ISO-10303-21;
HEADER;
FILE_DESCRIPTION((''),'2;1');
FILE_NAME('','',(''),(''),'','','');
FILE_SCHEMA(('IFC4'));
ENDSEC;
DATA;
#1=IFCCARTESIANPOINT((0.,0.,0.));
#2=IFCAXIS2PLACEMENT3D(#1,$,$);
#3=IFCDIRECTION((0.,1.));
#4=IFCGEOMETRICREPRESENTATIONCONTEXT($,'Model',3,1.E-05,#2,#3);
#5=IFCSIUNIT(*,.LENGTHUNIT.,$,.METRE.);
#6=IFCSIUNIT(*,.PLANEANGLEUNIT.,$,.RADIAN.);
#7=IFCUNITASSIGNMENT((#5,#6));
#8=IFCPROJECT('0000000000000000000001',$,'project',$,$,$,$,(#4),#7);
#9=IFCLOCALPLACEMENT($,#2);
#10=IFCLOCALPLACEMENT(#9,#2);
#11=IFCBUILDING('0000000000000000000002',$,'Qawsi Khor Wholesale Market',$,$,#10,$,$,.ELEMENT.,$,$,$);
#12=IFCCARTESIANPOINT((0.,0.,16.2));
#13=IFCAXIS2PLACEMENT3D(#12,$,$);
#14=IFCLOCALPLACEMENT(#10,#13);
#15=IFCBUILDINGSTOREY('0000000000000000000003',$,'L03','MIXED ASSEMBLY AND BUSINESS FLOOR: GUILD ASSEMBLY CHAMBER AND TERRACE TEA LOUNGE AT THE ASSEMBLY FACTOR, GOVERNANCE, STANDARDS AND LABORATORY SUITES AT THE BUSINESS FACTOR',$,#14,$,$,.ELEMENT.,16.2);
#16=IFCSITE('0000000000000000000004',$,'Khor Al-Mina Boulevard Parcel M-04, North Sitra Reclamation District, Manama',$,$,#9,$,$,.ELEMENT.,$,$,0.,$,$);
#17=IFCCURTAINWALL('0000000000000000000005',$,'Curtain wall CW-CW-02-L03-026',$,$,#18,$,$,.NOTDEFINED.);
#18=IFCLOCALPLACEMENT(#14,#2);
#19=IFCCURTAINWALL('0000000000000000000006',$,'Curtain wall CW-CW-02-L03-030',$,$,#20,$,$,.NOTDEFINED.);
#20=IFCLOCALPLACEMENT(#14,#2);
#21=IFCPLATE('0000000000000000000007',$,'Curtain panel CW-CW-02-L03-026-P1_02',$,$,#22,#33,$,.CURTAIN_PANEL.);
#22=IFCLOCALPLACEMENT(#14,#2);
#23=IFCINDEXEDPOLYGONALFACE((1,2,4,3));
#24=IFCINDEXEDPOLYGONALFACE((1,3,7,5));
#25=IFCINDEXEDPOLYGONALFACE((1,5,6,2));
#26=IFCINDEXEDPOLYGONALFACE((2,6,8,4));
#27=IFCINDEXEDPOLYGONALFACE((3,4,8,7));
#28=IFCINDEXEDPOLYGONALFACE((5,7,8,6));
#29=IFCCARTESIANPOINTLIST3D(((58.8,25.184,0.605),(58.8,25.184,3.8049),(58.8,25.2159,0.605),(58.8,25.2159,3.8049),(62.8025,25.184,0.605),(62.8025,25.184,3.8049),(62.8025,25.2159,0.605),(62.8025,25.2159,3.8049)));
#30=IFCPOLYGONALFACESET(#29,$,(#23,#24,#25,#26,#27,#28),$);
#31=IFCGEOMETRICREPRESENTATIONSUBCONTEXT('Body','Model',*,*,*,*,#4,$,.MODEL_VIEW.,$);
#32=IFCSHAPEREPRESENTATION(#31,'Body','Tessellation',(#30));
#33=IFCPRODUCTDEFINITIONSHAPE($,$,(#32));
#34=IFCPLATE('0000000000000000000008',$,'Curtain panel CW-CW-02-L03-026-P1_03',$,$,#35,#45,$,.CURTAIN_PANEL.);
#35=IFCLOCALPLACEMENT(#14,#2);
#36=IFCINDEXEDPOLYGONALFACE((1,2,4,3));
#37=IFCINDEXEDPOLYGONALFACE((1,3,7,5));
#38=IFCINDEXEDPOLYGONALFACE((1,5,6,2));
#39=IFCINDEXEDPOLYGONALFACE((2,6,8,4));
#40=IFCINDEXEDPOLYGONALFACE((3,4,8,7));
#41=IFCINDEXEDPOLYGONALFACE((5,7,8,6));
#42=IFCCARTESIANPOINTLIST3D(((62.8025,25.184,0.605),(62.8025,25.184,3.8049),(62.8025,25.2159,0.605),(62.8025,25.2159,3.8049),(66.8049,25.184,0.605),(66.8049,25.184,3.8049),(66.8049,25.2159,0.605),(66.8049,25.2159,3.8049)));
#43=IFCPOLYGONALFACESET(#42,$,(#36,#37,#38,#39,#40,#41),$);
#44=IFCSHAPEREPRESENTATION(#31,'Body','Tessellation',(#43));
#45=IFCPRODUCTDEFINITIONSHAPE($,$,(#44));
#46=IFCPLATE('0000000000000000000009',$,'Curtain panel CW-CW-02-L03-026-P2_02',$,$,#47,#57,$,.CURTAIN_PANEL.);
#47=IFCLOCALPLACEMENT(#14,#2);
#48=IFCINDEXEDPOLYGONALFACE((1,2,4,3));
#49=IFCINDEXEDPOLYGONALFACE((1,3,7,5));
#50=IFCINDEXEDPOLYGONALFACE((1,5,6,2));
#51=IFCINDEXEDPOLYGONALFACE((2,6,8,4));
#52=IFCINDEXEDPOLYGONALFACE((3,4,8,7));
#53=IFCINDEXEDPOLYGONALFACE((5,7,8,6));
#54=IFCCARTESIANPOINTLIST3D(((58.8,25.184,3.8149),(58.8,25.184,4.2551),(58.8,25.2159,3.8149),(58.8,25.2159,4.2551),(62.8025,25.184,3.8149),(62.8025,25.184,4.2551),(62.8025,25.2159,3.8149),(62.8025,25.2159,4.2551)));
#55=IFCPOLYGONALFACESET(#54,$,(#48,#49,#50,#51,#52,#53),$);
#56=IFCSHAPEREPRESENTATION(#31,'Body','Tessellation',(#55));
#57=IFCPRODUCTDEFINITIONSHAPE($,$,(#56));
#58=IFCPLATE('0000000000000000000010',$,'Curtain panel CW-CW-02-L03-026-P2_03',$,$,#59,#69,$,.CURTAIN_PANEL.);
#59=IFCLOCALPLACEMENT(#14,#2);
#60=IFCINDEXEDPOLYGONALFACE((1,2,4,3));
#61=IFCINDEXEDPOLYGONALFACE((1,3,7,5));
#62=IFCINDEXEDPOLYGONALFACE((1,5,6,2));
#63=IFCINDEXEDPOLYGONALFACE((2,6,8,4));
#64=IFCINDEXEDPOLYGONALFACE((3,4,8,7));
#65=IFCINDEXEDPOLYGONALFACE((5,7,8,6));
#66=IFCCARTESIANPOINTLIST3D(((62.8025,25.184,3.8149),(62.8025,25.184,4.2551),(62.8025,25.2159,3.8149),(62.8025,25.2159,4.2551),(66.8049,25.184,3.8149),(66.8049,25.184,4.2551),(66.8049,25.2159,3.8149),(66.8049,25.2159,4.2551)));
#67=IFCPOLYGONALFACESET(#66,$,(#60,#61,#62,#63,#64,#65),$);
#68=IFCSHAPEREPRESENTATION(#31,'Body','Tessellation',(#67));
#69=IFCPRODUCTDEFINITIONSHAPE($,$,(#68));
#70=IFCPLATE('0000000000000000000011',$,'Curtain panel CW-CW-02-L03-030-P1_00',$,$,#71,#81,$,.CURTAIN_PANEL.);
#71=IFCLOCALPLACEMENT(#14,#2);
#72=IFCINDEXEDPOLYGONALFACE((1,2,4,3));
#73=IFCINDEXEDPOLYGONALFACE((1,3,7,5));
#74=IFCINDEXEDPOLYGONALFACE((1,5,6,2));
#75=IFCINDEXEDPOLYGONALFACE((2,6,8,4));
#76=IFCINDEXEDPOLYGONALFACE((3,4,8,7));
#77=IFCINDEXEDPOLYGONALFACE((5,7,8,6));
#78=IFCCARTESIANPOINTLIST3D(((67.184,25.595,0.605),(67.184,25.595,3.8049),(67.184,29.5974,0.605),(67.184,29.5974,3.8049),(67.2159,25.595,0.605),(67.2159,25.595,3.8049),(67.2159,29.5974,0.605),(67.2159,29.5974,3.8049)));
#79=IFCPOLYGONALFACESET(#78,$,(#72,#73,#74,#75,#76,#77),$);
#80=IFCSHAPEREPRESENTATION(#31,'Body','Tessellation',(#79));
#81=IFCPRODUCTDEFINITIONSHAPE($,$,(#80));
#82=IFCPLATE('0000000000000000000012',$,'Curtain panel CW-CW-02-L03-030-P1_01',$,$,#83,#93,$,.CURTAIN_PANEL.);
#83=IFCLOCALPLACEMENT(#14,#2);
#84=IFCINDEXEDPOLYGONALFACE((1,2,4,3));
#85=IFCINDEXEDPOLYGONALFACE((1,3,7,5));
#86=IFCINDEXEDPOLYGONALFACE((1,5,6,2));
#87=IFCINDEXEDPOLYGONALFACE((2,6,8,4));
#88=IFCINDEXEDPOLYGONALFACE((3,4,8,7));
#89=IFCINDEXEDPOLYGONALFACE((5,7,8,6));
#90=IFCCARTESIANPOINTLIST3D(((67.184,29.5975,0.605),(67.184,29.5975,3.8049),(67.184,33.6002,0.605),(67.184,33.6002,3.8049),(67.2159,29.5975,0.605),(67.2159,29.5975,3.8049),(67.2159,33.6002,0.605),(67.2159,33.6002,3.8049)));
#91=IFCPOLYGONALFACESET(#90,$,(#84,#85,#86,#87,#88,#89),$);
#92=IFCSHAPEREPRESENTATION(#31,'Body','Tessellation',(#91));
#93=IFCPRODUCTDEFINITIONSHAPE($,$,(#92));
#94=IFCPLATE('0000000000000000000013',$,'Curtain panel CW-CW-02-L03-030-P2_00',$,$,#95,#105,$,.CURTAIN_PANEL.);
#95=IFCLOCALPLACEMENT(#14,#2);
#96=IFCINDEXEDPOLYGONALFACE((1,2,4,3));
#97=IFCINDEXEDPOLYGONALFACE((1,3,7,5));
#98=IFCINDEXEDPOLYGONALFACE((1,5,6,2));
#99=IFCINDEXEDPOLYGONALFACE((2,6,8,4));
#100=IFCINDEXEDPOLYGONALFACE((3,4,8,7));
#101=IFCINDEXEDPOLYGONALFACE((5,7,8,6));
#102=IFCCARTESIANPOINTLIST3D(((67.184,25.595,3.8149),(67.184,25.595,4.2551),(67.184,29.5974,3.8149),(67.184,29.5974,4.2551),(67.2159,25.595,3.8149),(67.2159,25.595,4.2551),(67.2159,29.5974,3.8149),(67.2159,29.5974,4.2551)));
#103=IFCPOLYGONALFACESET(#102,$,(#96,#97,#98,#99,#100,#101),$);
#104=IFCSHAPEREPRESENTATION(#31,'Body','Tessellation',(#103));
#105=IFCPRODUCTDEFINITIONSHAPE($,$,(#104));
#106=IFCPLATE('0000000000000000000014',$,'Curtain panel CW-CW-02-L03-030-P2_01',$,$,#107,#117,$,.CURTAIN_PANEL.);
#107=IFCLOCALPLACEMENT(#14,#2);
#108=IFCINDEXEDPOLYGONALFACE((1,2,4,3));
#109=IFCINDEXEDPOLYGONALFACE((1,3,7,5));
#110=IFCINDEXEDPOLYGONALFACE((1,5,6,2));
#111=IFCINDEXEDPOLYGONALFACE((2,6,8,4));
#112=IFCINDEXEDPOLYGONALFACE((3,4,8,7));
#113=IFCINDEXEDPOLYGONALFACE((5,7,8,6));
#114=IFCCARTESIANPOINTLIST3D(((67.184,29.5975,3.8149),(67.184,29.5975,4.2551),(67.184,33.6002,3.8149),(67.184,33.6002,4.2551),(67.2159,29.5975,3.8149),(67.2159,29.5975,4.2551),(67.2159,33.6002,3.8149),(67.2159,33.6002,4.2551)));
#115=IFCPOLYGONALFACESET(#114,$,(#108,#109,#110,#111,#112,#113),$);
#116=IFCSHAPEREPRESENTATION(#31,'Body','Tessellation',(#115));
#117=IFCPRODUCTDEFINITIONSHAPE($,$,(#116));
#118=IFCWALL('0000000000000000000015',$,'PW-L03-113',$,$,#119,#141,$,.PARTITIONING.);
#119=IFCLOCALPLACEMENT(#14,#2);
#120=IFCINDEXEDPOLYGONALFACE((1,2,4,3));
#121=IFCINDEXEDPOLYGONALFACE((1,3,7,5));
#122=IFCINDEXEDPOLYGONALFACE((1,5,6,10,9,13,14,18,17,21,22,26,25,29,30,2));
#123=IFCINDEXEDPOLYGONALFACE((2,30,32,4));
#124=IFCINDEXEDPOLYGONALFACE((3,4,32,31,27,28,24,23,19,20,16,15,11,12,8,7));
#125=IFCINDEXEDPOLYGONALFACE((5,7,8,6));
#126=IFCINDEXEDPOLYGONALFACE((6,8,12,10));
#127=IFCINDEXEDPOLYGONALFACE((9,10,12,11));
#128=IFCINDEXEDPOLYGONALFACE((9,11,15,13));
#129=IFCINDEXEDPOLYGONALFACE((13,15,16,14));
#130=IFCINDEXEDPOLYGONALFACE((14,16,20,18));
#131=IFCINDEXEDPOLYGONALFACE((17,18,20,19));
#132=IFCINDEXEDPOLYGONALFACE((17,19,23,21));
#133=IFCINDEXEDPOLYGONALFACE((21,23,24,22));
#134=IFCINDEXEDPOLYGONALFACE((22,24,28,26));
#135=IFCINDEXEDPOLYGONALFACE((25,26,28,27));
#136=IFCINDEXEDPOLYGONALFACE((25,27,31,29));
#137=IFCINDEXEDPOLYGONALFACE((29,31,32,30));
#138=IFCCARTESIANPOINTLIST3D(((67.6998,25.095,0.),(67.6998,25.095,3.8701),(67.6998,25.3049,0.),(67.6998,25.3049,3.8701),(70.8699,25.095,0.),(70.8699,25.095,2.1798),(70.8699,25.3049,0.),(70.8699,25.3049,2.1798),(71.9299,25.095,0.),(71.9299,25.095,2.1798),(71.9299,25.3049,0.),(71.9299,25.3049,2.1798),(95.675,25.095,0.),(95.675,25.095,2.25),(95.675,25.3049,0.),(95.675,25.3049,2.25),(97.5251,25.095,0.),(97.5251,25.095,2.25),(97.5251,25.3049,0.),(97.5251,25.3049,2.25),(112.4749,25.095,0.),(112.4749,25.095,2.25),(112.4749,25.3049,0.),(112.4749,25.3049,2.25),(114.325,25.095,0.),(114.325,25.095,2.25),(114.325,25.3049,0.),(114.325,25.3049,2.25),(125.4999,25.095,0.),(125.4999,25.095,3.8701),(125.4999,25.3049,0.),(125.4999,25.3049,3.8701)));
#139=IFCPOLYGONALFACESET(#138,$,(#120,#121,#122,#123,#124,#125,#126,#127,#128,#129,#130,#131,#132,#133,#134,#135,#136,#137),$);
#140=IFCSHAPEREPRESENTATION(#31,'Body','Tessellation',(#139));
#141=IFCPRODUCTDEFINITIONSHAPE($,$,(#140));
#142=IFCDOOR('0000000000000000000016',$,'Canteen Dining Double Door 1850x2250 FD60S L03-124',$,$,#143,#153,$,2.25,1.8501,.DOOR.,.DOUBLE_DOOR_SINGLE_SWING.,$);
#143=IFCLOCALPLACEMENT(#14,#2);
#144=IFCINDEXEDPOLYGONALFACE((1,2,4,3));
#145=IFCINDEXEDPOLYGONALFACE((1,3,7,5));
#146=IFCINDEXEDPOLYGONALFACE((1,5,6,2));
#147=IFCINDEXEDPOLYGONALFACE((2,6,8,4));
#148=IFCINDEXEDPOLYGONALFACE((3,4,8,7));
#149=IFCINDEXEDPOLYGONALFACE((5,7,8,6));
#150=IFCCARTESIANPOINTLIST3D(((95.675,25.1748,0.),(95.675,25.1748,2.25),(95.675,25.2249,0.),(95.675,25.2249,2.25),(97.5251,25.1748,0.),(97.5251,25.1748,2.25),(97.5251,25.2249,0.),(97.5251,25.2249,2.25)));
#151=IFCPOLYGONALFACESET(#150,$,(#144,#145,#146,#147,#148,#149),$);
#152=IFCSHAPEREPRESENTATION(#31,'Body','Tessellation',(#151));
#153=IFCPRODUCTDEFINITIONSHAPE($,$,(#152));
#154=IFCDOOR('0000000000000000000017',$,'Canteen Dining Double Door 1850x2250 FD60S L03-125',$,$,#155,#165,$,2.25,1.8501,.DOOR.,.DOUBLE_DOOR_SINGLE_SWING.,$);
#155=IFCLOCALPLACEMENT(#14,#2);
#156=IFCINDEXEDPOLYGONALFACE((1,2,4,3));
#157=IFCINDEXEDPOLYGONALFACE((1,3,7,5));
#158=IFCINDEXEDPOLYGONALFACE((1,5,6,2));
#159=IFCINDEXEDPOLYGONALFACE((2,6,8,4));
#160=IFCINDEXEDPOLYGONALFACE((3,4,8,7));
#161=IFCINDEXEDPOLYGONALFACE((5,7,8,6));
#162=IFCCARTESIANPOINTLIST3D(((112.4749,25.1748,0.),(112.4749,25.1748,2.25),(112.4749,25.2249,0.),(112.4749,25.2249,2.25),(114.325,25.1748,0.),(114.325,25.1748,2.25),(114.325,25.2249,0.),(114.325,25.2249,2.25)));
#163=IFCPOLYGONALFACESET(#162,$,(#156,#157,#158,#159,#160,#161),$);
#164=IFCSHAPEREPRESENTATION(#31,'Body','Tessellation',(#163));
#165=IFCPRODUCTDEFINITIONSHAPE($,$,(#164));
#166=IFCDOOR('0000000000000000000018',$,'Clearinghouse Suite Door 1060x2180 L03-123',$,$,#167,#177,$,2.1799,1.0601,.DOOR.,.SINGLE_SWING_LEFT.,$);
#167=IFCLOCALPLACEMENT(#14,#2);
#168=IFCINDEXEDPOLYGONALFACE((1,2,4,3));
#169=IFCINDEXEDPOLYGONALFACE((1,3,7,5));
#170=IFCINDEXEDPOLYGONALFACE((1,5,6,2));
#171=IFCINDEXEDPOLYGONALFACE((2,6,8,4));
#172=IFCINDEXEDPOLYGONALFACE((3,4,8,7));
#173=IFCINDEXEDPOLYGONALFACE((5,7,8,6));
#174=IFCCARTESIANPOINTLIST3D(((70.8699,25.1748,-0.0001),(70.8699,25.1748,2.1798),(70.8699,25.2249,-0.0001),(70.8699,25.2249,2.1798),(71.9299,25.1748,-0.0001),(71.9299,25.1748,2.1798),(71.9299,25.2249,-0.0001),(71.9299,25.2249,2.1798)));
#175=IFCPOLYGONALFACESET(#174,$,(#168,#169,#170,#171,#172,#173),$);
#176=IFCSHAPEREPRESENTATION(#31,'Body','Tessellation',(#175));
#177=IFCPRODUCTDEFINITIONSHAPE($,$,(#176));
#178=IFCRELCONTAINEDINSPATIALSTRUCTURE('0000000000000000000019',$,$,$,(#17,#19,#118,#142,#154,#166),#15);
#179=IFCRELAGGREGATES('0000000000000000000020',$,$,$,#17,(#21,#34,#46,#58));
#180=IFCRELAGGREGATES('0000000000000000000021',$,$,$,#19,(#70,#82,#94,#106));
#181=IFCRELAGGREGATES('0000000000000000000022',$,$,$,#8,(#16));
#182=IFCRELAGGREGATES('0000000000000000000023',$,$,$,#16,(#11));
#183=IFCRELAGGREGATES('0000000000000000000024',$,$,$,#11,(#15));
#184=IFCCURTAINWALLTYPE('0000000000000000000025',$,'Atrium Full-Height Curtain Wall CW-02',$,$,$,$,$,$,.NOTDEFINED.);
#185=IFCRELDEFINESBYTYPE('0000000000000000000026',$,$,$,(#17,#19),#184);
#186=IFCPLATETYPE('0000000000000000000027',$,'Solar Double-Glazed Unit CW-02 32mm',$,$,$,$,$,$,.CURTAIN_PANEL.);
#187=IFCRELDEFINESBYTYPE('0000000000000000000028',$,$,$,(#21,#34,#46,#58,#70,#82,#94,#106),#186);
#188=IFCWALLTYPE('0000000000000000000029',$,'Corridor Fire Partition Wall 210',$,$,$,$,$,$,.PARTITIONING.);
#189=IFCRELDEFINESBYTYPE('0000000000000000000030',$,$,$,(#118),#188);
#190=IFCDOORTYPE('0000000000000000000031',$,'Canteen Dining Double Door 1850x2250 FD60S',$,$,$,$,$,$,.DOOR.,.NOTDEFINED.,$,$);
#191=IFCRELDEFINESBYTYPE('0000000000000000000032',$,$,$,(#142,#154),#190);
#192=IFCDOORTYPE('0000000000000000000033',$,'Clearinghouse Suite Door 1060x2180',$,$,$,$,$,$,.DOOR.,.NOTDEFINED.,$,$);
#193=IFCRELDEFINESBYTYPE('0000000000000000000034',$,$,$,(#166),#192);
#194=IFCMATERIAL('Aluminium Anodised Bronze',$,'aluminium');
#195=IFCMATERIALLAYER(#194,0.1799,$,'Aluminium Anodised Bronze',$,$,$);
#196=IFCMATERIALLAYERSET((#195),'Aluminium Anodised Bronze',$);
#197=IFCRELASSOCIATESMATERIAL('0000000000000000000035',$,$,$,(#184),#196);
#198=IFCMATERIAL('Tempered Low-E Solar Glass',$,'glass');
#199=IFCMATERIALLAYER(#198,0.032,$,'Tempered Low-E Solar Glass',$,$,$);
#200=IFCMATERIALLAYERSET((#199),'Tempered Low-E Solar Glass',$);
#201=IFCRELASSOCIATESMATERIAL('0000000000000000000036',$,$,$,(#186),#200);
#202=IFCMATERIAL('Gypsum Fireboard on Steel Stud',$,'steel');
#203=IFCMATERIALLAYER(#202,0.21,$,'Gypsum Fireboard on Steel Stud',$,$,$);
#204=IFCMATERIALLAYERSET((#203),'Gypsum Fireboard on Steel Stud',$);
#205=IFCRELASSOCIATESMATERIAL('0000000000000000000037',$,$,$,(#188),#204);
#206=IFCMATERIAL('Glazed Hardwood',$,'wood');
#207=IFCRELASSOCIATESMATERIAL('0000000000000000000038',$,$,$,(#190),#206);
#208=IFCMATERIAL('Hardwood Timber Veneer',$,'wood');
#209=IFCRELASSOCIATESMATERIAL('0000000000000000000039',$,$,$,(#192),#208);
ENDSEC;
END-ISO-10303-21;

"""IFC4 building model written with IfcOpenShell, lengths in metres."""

from ifc_helpers import new_model, si_unit, direction, frame, frame_2d, origin, place, context, subcontext, project, spatial, rectangle, extrude, material, layer, layer_set, type_object, element, fill, aggregate, save


model = new_model("IFC4")

# Units and contexts
model_context = context("Model", 3, precision=1e-05, world=origin(), true_north=direction((0.0, 1.0)))
body_context = subcontext(model_context, "Body", "Model", "MODEL_VIEW")
ifc_project = project(units=[si_unit("LENGTHUNIT", "METRE"), si_unit("PLANEANGLEUNIT", "RADIAN")], contexts=[model_context])

# Site, building, storey
site_placement = place(None, origin())
site = spatial("IfcSite", under=ifc_project, at=site_placement, Name="Khor Al-Mina Boulevard Parcel M-04, North Sitra Reclamation District, Manama", CompositionType="ELEMENT", RefElevation=0.0)
building_placement = place(site_placement, origin())
building = spatial("IfcBuilding", under=site, at=building_placement, Name="Qawsi Khor Wholesale Market", CompositionType="ELEMENT")
storey_placement = place(building_placement, frame((0.0, 0.0, 16.2)))
storey = spatial("IfcBuildingStorey", under=building, at=storey_placement, Name="L03", Description="MIXED ASSEMBLY AND BUSINESS FLOOR: GUILD ASSEMBLY CHAMBER AND TERRACE TEA LOUNGE AT THE ASSEMBLY FACTOR, GOVERNANCE, STANDARDS AND LABORATORY SUITES AT THE BUSINESS FACTOR", CompositionType="ELEMENT", Elevation=16.2)

# Curtain walls
ifc_material_1 = material(Name="Aluminium Anodised Bronze", Category="aluminium")
ifc_layer_1 = layer(ifc_material_1, 0.1799, Name="Aluminium Anodised Bronze")
ifc_layer_set_1 = layer_set([ifc_layer_1], Name="Aluminium Anodised Bronze")
curtain_wall_type = type_object("IfcCurtainWallType", Name="Atrium Full-Height Curtain Wall CW-02", PredefinedType="NOTDEFINED", material=ifc_layer_set_1)
curtain_wall_1_placement = place(storey_placement, origin())
curtain_wall_1 = element("IfcCurtainWall", 1, at=curtain_wall_1_placement, inside=storey, type_object=curtain_wall_type, Name="Curtain wall CW-CW-02-L03-026", PredefinedType="NOTDEFINED")
curtain_wall_2_placement = place(storey_placement, origin())
curtain_wall_2 = element("IfcCurtainWall", 2, at=curtain_wall_2_placement, inside=storey, type_object=curtain_wall_type, Name="Curtain wall CW-CW-02-L03-030", PredefinedType="NOTDEFINED")

# Plates
ifc_material_2 = material(Name="Tempered Low-E Solar Glass", Category="glass")
ifc_layer_2 = layer(ifc_material_2, 0.032, Name="Tempered Low-E Solar Glass")
ifc_layer_set_2 = layer_set([ifc_layer_2], Name="Tempered Low-E Solar Glass")
plate_type_1 = type_object("IfcPlateType", Name="Solar Double-Glazed Unit CW-02 32mm", PredefinedType="CURTAIN_PANEL", material=ifc_layer_set_2)
plate_1_placement = place(storey_placement, frame((58.8, 25.2, 0.605), z_axis=(0.0, 0.0, 1.0), x_axis=(1.0, 0.0, 0.0)))
plate_1 = element("IfcPlate", 3, at=plate_1_placement, type_object=plate_type_1, Name="Curtain panel CW-CW-02-L03-026-P1_02", PredefinedType="CURTAIN_PANEL", context=body_context, shape_type="SweptSolid", body=[
    extrude(rectangle(XDim=4.0024, YDim=0.032, at=frame_2d((2.0012, 0.0))), origin(), (0.0, 0.0, 1.0), 3.2),
])
plate_2_placement = place(storey_placement, frame((62.8025, 25.2, 0.605), z_axis=(0.0, 0.0, 1.0), x_axis=(1.0, 0.0, 0.0)))
plate_2 = element("IfcPlate", 4, at=plate_2_placement, type_object=plate_type_1, Name="Curtain panel CW-CW-02-L03-026-P1_03", PredefinedType="CURTAIN_PANEL", context=body_context, shape_type="SweptSolid", body=[
    extrude(rectangle(XDim=4.0024, YDim=0.032, at=frame_2d((2.0012, 0.0))), origin(), (0.0, 0.0, 1.0), 3.2),
])
plate_3_placement = place(storey_placement, frame((58.8, 25.2, 3.8149), z_axis=(0.0, 0.0, 1.0), x_axis=(1.0, 0.0, 0.0)))
plate_3 = element("IfcPlate", 5, at=plate_3_placement, type_object=plate_type_1, Name="Curtain panel CW-CW-02-L03-026-P2_02", PredefinedType="CURTAIN_PANEL", context=body_context, shape_type="SweptSolid", body=[
    extrude(rectangle(XDim=4.0024, YDim=0.032, at=frame_2d((2.0012, 0.0))), origin(), (0.0, 0.0, 1.0), 0.4402),
])
plate_4_placement = place(storey_placement, frame((62.8025, 25.2, 3.8149), z_axis=(0.0, 0.0, 1.0), x_axis=(1.0, 0.0, 0.0)))
plate_4 = element("IfcPlate", 6, at=plate_4_placement, type_object=plate_type_1, Name="Curtain panel CW-CW-02-L03-026-P2_03", PredefinedType="CURTAIN_PANEL", context=body_context, shape_type="SweptSolid", body=[
    extrude(rectangle(XDim=4.0024, YDim=0.032, at=frame_2d((2.0012, 0.0))), origin(), (0.0, 0.0, 1.0), 0.4402),
])
aggregate(curtain_wall_1, [plate_1, plate_2, plate_3, plate_4])
plate_5_placement = place(storey_placement, frame((67.2, 25.595, 0.605), z_axis=(0.0, 0.0, 1.0), x_axis=(0.0, 1.0, 0.0)))
plate_5 = element("IfcPlate", 7, at=plate_5_placement, type_object=plate_type_1, Name="Curtain panel CW-CW-02-L03-030-P1_00", PredefinedType="CURTAIN_PANEL", context=body_context, shape_type="SweptSolid", body=[
    extrude(rectangle(XDim=4.0024, YDim=0.032, at=frame_2d((2.0012, 0.0))), origin(), (0.0, 0.0, 1.0), 3.2),
])
plate_6_placement = place(storey_placement, frame((67.2, 29.5974, 0.605), z_axis=(0.0, 0.0, 1.0), x_axis=(0.0, 1.0, 0.0)))
plate_6 = element("IfcPlate", 8, at=plate_6_placement, type_object=plate_type_1, Name="Curtain panel CW-CW-02-L03-030-P1_01", PredefinedType="CURTAIN_PANEL", context=body_context, shape_type="SweptSolid", body=[
    extrude(rectangle(XDim=4.0027, YDim=0.032, at=frame_2d((2.0015, 0.0))), origin(), (0.0, 0.0, 1.0), 3.2),
])
plate_7_placement = place(storey_placement, frame((67.2, 25.595, 3.8149), z_axis=(0.0, 0.0, 1.0), x_axis=(0.0, 1.0, 0.0)))
plate_7 = element("IfcPlate", 9, at=plate_7_placement, type_object=plate_type_1, Name="Curtain panel CW-CW-02-L03-030-P2_00", PredefinedType="CURTAIN_PANEL", context=body_context, shape_type="SweptSolid", body=[
    extrude(rectangle(XDim=4.0024, YDim=0.032, at=frame_2d((2.0012, 0.0))), origin(), (0.0, 0.0, 1.0), 0.4402),
])
plate_8_placement = place(storey_placement, frame((67.2, 29.5974, 3.8149), z_axis=(0.0, 0.0, 1.0), x_axis=(0.0, 1.0, 0.0)))
plate_8 = element("IfcPlate", 10, at=plate_8_placement, type_object=plate_type_1, Name="Curtain panel CW-CW-02-L03-030-P2_01", PredefinedType="CURTAIN_PANEL", context=body_context, shape_type="SweptSolid", body=[
    extrude(rectangle(XDim=4.0027, YDim=0.032, at=frame_2d((2.0015, 0.0))), origin(), (0.0, 0.0, 1.0), 0.4402),
])
aggregate(curtain_wall_2, [plate_5, plate_6, plate_7, plate_8])

# Wall, openings, doors
ifc_material_3 = material(Name="Gypsum Fireboard on Steel Stud", Category="steel")
ifc_layer_3 = layer(ifc_material_3, 0.21, Name="Gypsum Fireboard on Steel Stud")
ifc_layer_set_3 = layer_set([ifc_layer_3], Name="Gypsum Fireboard on Steel Stud")
wall_type = type_object("IfcWallType", Name="Corridor Fire Partition Wall 210", PredefinedType="PARTITIONING", material=ifc_layer_set_3)
wall_placement = place(storey_placement, frame((67.7, 25.2, 0.0), z_axis=(0.0, 0.0, 1.0), x_axis=(1.0, 0.0, 0.0)))
wall = element("IfcWall", 11, at=wall_placement, inside=storey, type_object=wall_type, Name="PW-L03-113", PredefinedType="PARTITIONING", context=body_context, shape_type="SweptSolid", body=[
    extrude(rectangle(XDim=57.8, YDim=0.21, at=frame_2d((28.8999, 0.0))), origin(), (0.0, 0.0, 1.0), 3.8701),
])
opening_1_placement = place(wall_placement, frame((3.1699, 0.0, 0.0)))
opening_1 = element("IfcOpeningElement", 12, at=opening_1_placement, cuts=wall, PredefinedType="OPENING", context=body_context, shape_type="SweptSolid", body=[
    extrude(rectangle(XDim=1.0601, YDim=2.1799, at=frame_2d((0.53, 1.0898))), frame((0.0, 0.115, 0.0), z_axis=(0.0, -1.0, 0.0), x_axis=(1.0, 0.0, 0.0)), (0.0, 0.0, 1.0), 0.23),
])
opening_2_placement = place(wall_placement, frame((27.9751, 0.0, 0.0)))
opening_2 = element("IfcOpeningElement", 13, at=opening_2_placement, cuts=wall, PredefinedType="OPENING", context=body_context, shape_type="SweptSolid", body=[
    extrude(rectangle(XDim=1.8501, YDim=2.25, at=frame_2d((0.925, 1.125))), frame((0.0, 0.115, 0.0), z_axis=(0.0, -1.0, 0.0), x_axis=(1.0, 0.0, 0.0)), (0.0, 0.0, 1.0), 0.23),
])
opening_3_placement = place(wall_placement, frame((44.7749, 0.0, 0.0)))
opening_3 = element("IfcOpeningElement", 14, at=opening_3_placement, cuts=wall, PredefinedType="OPENING", context=body_context, shape_type="SweptSolid", body=[
    extrude(rectangle(XDim=1.8501, YDim=2.25, at=frame_2d((0.925, 1.125))), frame((0.0, 0.115, 0.0), z_axis=(0.0, -1.0, 0.0), x_axis=(1.0, 0.0, 0.0)), (0.0, 0.0, 1.0), 0.23),
])
ifc_material_4 = material(Name="Glazed Hardwood", Category="wood")
door_type_1 = type_object("IfcDoorType", Name="Canteen Dining Double Door 1850x2250 FD60S", OperationType="NOTDEFINED", PredefinedType="DOOR", material=ifc_material_4)
door_1_placement = place(opening_2_placement, origin())
door_1 = element("IfcDoor", 15, at=door_1_placement, inside=storey, type_object=door_type_1, Name="Canteen Dining Double Door 1850x2250 FD60S L03-124", OperationType="DOUBLE_DOOR_SINGLE_SWING", OverallHeight=2.25, OverallWidth=1.8501, PredefinedType="DOOR", context=body_context, shape_type="SweptSolid", body=[
    extrude(rectangle(XDim=1.8501, YDim=2.25, at=frame_2d((0.925, 1.125))), frame((0.0, 0.0249, 0.0), z_axis=(0.0, -1.0, 0.0), x_axis=(1.0, 0.0, 0.0)), (0.0, 0.0, 1.0), 0.05),
])
fill(opening_2, door_1)
door_2_placement = place(opening_3_placement, origin())
door_2 = element("IfcDoor", 16, at=door_2_placement, inside=storey, type_object=door_type_1, Name="Canteen Dining Double Door 1850x2250 FD60S L03-125", OperationType="DOUBLE_DOOR_SINGLE_SWING", OverallHeight=2.25, OverallWidth=1.8501, PredefinedType="DOOR", context=body_context, shape_type="SweptSolid", body=[
    extrude(rectangle(XDim=1.8501, YDim=2.25, at=frame_2d((0.925, 1.125))), frame((0.0, 0.0249, 0.0), z_axis=(0.0, -1.0, 0.0), x_axis=(1.0, 0.0, 0.0)), (0.0, 0.0, 1.0), 0.05),
])
fill(opening_3, door_2)
ifc_material_5 = material(Name="Hardwood Timber Veneer", Category="wood")
door_type_2 = type_object("IfcDoorType", Name="Clearinghouse Suite Door 1060x2180", OperationType="NOTDEFINED", PredefinedType="DOOR", material=ifc_material_5)
door_3_placement = place(opening_1_placement, origin())
door_3 = element("IfcDoor", 17, at=door_3_placement, inside=storey, type_object=door_type_2, Name="Clearinghouse Suite Door 1060x2180 L03-123", OperationType="SINGLE_SWING_LEFT", OverallHeight=2.1799, OverallWidth=1.0601, PredefinedType="DOOR", context=body_context, shape_type="SweptSolid", body=[
    extrude(rectangle(XDim=1.0601, YDim=2.1799, at=frame_2d((0.53, 1.0898))), frame((0.0, 0.0249, 0.0), z_axis=(0.0, -1.0, 0.0), x_axis=(1.0, 0.0, 0.0)), (0.0, 0.0, 1.0), 0.05),
])
fill(opening_1, door_3)

save(model, "model.ifc")
